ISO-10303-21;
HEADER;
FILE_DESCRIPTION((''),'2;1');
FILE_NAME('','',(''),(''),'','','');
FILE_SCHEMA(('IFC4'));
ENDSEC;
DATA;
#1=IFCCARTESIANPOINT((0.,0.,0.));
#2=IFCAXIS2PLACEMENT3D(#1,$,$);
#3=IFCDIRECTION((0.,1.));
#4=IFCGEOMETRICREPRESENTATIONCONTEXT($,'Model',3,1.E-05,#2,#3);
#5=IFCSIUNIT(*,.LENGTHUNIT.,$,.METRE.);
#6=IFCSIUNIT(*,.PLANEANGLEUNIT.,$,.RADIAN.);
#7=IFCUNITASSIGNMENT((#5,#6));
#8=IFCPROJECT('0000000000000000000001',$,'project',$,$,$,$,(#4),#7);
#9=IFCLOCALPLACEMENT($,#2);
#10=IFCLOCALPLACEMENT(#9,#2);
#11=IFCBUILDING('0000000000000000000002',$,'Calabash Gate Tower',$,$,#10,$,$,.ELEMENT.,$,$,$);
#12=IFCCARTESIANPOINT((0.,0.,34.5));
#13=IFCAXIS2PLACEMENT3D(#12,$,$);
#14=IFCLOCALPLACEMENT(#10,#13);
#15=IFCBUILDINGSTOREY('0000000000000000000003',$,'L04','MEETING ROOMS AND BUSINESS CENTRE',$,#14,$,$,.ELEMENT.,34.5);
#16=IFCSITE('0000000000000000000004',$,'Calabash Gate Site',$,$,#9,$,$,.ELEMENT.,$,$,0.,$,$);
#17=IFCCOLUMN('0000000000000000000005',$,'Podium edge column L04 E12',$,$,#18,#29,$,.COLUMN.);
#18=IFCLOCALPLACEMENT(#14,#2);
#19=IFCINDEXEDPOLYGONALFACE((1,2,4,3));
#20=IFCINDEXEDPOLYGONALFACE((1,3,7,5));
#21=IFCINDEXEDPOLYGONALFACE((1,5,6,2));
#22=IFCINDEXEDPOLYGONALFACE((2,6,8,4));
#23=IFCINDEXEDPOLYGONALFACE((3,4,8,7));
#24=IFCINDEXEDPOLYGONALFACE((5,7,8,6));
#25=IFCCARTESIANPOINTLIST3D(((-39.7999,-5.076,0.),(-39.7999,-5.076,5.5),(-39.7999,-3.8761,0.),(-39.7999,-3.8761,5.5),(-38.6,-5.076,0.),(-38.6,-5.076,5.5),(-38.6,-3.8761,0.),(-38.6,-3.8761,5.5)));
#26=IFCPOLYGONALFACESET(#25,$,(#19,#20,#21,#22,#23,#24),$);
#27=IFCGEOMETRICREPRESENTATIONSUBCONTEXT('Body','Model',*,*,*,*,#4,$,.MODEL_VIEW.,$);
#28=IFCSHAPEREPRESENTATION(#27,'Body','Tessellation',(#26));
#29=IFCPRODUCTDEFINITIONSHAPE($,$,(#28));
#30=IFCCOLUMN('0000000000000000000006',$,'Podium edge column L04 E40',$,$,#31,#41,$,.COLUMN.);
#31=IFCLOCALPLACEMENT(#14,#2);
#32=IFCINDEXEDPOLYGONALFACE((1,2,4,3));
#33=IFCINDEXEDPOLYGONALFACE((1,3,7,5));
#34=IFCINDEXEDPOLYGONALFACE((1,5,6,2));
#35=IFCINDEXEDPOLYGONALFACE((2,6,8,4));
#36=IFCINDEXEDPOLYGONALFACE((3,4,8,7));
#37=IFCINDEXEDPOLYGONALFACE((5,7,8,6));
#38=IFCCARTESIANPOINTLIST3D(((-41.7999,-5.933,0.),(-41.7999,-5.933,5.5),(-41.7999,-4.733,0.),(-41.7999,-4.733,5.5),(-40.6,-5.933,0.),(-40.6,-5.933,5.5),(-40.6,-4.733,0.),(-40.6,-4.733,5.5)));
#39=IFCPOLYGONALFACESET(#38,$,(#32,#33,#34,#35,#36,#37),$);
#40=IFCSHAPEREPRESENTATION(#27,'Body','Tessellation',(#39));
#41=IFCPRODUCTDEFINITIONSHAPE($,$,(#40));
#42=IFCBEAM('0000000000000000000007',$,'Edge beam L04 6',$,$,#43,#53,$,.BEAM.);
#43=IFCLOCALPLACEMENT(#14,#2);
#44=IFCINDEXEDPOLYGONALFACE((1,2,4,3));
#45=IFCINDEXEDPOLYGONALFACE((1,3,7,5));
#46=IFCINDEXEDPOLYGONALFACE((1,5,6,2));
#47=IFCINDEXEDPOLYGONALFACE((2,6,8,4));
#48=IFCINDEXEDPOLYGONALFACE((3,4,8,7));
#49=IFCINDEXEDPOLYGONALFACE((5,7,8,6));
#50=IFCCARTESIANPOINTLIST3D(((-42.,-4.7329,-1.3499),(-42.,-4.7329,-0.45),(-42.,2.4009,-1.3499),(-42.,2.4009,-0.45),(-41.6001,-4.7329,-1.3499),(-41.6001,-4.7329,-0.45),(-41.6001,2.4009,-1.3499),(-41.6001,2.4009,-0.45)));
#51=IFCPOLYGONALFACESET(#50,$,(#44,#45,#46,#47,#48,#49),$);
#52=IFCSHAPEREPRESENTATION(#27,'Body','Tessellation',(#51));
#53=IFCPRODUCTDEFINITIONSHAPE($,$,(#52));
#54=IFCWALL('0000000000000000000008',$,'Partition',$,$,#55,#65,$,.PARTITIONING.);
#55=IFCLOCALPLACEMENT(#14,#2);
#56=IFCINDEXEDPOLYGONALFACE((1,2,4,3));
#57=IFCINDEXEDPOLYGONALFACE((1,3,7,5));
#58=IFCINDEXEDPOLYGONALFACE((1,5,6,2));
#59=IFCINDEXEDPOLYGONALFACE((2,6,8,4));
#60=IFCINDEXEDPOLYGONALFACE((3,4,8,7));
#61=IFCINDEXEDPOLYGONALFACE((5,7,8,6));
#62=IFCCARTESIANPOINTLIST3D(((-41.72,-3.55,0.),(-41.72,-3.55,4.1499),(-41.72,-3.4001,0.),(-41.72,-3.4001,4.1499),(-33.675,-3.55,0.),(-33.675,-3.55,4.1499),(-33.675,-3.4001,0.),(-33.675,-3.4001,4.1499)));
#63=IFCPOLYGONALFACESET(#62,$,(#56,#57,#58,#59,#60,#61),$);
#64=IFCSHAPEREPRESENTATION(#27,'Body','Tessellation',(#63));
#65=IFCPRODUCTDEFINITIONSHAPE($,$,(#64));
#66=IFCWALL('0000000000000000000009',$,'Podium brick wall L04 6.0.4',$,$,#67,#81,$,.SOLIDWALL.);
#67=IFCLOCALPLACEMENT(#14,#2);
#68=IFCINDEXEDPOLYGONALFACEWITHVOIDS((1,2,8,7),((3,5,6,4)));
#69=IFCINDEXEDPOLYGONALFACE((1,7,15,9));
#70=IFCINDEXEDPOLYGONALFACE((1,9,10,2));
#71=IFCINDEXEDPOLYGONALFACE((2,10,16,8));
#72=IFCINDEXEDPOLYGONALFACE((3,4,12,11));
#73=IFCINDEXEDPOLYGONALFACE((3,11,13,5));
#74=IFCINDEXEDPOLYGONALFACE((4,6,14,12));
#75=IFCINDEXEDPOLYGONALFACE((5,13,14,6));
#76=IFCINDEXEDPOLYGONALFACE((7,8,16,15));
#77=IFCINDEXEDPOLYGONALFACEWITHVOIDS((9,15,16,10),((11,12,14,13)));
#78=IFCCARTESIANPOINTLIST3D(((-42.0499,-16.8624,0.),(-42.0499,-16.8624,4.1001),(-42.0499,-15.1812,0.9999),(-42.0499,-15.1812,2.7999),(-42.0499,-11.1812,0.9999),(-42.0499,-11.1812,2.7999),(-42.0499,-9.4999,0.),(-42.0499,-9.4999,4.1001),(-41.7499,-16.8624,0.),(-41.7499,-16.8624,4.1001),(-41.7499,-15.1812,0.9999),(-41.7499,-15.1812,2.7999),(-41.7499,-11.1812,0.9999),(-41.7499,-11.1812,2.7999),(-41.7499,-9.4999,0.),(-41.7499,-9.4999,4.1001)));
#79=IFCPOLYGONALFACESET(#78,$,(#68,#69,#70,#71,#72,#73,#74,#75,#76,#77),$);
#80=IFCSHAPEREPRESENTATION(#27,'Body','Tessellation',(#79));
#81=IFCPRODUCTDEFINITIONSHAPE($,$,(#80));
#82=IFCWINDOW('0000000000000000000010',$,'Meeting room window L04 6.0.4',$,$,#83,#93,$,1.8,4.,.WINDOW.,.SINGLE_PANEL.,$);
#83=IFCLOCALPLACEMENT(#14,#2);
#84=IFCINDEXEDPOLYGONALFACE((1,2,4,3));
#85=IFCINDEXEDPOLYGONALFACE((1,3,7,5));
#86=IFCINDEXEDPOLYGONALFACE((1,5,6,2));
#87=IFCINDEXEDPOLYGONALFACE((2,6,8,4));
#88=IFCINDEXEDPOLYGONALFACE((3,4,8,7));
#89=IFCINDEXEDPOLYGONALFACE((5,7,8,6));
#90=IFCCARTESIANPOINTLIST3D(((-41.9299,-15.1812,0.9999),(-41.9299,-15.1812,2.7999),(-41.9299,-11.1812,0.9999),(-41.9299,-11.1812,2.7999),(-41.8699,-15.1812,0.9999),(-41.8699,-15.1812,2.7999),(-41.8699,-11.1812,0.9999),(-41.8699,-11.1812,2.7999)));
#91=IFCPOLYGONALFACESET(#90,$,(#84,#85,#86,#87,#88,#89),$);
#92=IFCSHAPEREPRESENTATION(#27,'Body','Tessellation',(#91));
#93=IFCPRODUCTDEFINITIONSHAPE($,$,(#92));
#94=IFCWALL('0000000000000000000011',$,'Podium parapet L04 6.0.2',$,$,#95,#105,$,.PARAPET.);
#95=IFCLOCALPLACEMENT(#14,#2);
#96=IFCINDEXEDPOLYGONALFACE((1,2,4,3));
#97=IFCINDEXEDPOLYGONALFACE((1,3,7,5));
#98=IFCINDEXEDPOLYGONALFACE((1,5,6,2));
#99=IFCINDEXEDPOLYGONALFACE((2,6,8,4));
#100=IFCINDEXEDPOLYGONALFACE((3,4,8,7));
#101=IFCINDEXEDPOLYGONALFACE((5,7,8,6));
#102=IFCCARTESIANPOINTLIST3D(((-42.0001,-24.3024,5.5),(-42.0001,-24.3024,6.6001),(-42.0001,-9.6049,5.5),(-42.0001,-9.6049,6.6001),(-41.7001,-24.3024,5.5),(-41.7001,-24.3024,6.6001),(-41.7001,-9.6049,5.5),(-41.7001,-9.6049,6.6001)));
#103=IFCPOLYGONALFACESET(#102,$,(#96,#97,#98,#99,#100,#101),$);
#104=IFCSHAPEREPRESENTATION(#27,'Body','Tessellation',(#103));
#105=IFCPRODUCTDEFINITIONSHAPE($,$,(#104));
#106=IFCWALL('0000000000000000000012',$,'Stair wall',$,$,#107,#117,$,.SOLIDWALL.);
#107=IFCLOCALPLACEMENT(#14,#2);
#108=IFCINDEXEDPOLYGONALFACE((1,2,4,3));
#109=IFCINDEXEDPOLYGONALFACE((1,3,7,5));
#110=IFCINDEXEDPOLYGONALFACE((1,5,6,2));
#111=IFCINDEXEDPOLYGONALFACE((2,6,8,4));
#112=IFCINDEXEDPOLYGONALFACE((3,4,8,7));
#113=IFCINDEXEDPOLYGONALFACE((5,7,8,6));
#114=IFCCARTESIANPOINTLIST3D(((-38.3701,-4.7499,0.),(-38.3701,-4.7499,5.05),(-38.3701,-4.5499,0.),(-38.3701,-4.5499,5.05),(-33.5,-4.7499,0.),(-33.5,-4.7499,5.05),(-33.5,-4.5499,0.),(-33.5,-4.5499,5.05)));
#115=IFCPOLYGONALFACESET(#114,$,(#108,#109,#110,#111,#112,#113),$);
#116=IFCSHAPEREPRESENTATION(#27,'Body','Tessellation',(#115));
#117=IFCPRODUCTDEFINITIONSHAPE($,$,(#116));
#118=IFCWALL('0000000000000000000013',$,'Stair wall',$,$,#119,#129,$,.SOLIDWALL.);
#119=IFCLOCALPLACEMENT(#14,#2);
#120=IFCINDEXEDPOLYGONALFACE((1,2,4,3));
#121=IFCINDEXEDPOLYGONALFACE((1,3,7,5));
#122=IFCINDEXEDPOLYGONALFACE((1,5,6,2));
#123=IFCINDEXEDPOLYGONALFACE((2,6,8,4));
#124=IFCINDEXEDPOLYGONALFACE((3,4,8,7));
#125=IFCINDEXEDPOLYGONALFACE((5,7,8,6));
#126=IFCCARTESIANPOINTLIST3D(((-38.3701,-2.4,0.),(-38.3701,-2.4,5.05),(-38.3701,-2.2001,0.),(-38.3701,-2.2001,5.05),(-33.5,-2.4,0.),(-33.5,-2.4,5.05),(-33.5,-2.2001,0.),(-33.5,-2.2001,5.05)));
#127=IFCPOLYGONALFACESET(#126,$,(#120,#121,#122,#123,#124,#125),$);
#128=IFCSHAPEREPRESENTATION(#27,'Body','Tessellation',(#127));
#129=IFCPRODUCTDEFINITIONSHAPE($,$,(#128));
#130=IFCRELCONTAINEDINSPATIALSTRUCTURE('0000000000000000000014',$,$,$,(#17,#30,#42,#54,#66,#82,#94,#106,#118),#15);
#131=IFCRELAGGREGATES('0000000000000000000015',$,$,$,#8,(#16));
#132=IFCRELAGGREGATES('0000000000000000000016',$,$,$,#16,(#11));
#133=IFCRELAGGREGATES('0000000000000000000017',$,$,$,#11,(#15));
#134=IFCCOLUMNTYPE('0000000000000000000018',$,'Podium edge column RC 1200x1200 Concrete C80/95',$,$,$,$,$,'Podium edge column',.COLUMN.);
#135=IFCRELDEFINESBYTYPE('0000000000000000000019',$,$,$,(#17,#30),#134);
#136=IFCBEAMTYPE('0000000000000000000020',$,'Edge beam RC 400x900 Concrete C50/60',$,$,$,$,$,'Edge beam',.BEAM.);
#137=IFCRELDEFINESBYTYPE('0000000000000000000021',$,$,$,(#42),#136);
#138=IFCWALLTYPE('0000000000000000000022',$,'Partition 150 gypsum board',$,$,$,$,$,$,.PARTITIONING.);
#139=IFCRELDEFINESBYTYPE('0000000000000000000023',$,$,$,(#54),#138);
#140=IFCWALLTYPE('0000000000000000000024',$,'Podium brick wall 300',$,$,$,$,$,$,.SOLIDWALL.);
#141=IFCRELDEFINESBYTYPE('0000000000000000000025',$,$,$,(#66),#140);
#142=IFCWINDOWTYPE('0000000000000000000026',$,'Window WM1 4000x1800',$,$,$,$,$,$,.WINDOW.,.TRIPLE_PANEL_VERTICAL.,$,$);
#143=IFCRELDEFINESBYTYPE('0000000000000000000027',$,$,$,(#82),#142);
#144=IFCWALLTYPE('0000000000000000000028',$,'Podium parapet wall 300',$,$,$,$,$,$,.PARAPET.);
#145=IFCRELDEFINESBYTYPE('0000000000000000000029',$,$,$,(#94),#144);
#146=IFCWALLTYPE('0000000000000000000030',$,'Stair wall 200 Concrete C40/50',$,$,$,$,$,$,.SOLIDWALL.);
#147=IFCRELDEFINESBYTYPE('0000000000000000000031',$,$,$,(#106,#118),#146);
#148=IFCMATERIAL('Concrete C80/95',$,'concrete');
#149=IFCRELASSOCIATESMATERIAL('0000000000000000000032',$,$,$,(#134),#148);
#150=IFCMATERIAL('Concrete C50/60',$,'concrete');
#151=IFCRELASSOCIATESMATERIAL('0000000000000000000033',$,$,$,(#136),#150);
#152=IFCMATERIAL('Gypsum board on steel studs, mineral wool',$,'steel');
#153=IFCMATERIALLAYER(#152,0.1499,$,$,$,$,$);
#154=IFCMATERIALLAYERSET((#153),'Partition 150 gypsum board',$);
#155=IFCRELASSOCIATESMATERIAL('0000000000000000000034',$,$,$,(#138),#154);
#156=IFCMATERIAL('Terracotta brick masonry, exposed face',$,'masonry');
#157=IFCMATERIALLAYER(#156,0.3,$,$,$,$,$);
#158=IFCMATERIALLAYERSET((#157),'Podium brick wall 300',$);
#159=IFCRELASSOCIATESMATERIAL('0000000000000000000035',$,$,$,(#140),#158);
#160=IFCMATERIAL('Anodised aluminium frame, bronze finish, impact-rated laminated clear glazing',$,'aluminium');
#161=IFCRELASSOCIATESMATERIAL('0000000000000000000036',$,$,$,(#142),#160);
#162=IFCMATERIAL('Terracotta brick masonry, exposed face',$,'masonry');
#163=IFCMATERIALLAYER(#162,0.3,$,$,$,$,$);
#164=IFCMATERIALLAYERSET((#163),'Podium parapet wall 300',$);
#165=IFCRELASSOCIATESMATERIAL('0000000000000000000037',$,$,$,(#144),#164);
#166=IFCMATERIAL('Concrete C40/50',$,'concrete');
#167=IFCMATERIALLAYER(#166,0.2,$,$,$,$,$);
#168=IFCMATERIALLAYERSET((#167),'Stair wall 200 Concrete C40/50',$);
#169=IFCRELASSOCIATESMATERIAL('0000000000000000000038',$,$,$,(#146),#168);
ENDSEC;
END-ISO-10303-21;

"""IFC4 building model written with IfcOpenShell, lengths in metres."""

from ifc_helpers import new_model, si_unit, direction, frame, frame_2d, origin, origin_2d, place, context, subcontext, project, spatial, rectangle, extrude, material, layer, layer_set, material_profile, profile_set, type_object, element, fill, save


model = new_model("IFC4")

# Units and contexts
model_context = context("Model", 3, precision=1e-05, world=origin(), true_north=direction((0.0, 1.0)))
body_context = subcontext(model_context, "Body", "Model", "MODEL_VIEW")
ifc_project = project(units=[si_unit("LENGTHUNIT", "METRE"), si_unit("PLANEANGLEUNIT", "RADIAN")], contexts=[model_context])

# Site, building, storey
site_placement = place(None, origin())
site = spatial("IfcSite", under=ifc_project, at=site_placement, Name="Calabash Gate Site", CompositionType="ELEMENT", RefElevation=0.0)
building_placement = place(site_placement, origin())
building = spatial("IfcBuilding", under=site, at=building_placement, Name="Calabash Gate Tower", CompositionType="ELEMENT")
storey_placement = place(building_placement, frame((0.0, 0.0, 34.5)))
storey = spatial("IfcBuildingStorey", under=building, at=storey_placement, Name="L04", Description="MEETING ROOMS AND BUSINESS CENTRE", CompositionType="ELEMENT", Elevation=34.5)

# Columns
ifc_material_1 = material(Name="Concrete C80/95", Category="concrete")
ifc_material_profile_1 = material_profile(ifc_material_1, rectangle(XDim=1.2, YDim=1.2, at=origin_2d()))
ifc_profile_set_1 = profile_set([ifc_material_profile_1], Name="Concrete C80/95")
column_type = type_object("IfcColumnType", Name="Podium edge column RC 1200x1200 Concrete C80/95", ElementType="Podium edge column", PredefinedType="COLUMN", material=ifc_profile_set_1)
for number, where, z_axis, x_axis, name in (
    (1, (-39.2, -4.4761, 0.0), (0.0, 0.0, 1.0), (1.0, 0.0, 0.0), "Podium edge column L04 E12"),
    (2, (-41.2, -5.333, 0.0), (0.0, 0.0, 1.0), (1.0, 0.0, 0.0), "Podium edge column L04 E40"),
):
    element("IfcColumn", number, at=place(storey_placement, frame(where, z_axis=z_axis, x_axis=x_axis)), inside=storey, type_object=column_type, Name=name, PredefinedType="COLUMN", context=body_context, shape_type="SweptSolid", body=[
        extrude(rectangle(XDim=1.2, YDim=1.2, at=origin_2d()), origin(), (0.0, 0.0, 1.0), 5.5),
    ])

# Beam
ifc_material_2 = material(Name="Concrete C50/60", Category="concrete")
ifc_material_profile_2 = material_profile(ifc_material_2, rectangle(XDim=0.3999, YDim=0.8999, at=origin_2d()))
ifc_profile_set_2 = profile_set([ifc_material_profile_2], Name="Concrete C50/60")
beam_type = type_object("IfcBeamType", Name="Edge beam RC 400x900 Concrete C50/60", ElementType="Edge beam", PredefinedType="BEAM", material=ifc_profile_set_2)
beam_placement = place(storey_placement, frame((-41.8, -4.7329, -0.8999), z_axis=(0.0, 1.0, 0.0), x_axis=(-1.0, 0.0, 0.0)))
element("IfcBeam", 3, at=beam_placement, inside=storey, type_object=beam_type, Name="Edge beam L04 6", PredefinedType="BEAM", context=body_context, shape_type="SweptSolid", body=[
    extrude(rectangle(XDim=0.3999, YDim=0.8999, at=origin_2d()), origin(), (0.0, 0.0, 1.0), 7.1338),
])

# Wall
ifc_material_3 = material(Name="Gypsum board on steel studs, mineral wool", Category="steel")
ifc_layer_1 = layer(ifc_material_3, 0.1499)
ifc_layer_set_1 = layer_set([ifc_layer_1], Name="Partition 150 gypsum board")
wall_type_1 = type_object("IfcWallType", Name="Partition 150 gypsum board", PredefinedType="PARTITIONING", material=ifc_layer_set_1)
wall_1_placement = place(storey_placement, frame((-41.72, -3.4751, 0.0), z_axis=(0.0, 0.0, 1.0), x_axis=(1.0, 0.0, 0.0)))
element("IfcWall", 4, at=wall_1_placement, inside=storey, type_object=wall_type_1, Name="Partition", PredefinedType="PARTITIONING", context=body_context, shape_type="SweptSolid", body=[
    extrude(rectangle(XDim=8.0449, YDim=0.1499, at=frame_2d((4.0225, 0.0))), origin(), (0.0, 0.0, 1.0), 4.1499),
])

# Wall, opening, window
ifc_material_4 = material(Name="Terracotta brick masonry, exposed face", Category="masonry")
ifc_layer_2 = layer(ifc_material_4, 0.3)
ifc_layer_set_2 = layer_set([ifc_layer_2], Name="Podium brick wall 300")
wall_type_2 = type_object("IfcWallType", Name="Podium brick wall 300", PredefinedType="SOLIDWALL", material=ifc_layer_set_2)
wall_2_placement = place(storey_placement, frame((-41.8999, -9.5, 0.0), z_axis=(0.0, 0.0, 1.0), x_axis=(0.0, -1.0, 0.0)))
wall_2 = element("IfcWall", 5, at=wall_2_placement, inside=storey, type_object=wall_type_2, Name="Podium brick wall L04 6.0.4", PredefinedType="SOLIDWALL", context=body_context, shape_type="SweptSolid", body=[
    extrude(rectangle(XDim=7.3625, YDim=0.3, at=frame_2d((3.6812, 0.0))), origin(), (0.0, 0.0, 1.0), 4.1001),
])
opening_1_placement = place(wall_2_placement, frame((1.6812, 0.0, 1.0)))
opening_1 = element("IfcOpeningElement", 6, at=opening_1_placement, cuts=wall_2, PredefinedType="OPENING", context=body_context, shape_type="SweptSolid", body=[
    extrude(rectangle(XDim=4.0, YDim=1.8, at=frame_2d((2.0, 0.8999))), frame((0.0, 0.1599, 0.0), z_axis=(0.0, -1.0, 0.0), x_axis=(1.0, 0.0, 0.0)), (0.0, 0.0, 1.0), 0.3201),
])
ifc_material_5 = material(Name="Anodised aluminium frame, bronze finish, impact-rated laminated clear glazing", Category="aluminium")
window_type = type_object("IfcWindowType", Name="Window WM1 4000x1800", PartitioningType="TRIPLE_PANEL_VERTICAL", PredefinedType="WINDOW", material=ifc_material_5)
window_placement = place(opening_1_placement, origin())
window = element("IfcWindow", 7, at=window_placement, inside=storey, type_object=window_type, Name="Meeting room window L04 6.0.4", OverallHeight=1.8, OverallWidth=4.0, PartitioningType="SINGLE_PANEL", PredefinedType="WINDOW", context=body_context, shape_type="SweptSolid", body=[
    extrude(rectangle(XDim=4.0, YDim=1.8, at=frame_2d((2.0, 0.8999))), frame((0.0, 0.03, 0.0), z_axis=(0.0, -1.0, 0.0), x_axis=(1.0, 0.0, 0.0)), (0.0, 0.0, 1.0), 0.0601),
])
fill(opening_1, window)

# Walls
ifc_material_6 = material(Name="Terracotta brick masonry, exposed face", Category="masonry")
ifc_layer_3 = layer(ifc_material_6, 0.3)
ifc_layer_set_3 = layer_set([ifc_layer_3], Name="Podium parapet wall 300")
wall_type_3 = type_object("IfcWallType", Name="Podium parapet wall 300", PredefinedType="PARAPET", material=ifc_layer_set_3)
wall_3_placement = place(storey_placement, frame((-41.8501, -9.605, 5.5), z_axis=(0.0, 0.0, 1.0), x_axis=(0.0, -1.0, 0.0)))
element("IfcWall", 8, at=wall_3_placement, inside=storey, type_object=wall_type_3, Name="Podium parapet L04 6.0.2", PredefinedType="PARAPET", context=body_context, shape_type="SweptSolid", body=[
    extrude(rectangle(XDim=14.6975, YDim=0.3, at=frame_2d((7.3486, 0.0))), origin(), (0.0, 0.0, 1.0), 1.1001),
])
ifc_material_7 = material(Name="Concrete C40/50", Category="concrete")
ifc_layer_4 = layer(ifc_material_7, 0.2)
ifc_layer_set_4 = layer_set([ifc_layer_4], Name="Stair wall 200 Concrete C40/50")
wall_type_4 = type_object("IfcWallType", Name="Stair wall 200 Concrete C40/50", PredefinedType="SOLIDWALL", material=ifc_layer_set_4)
wall_4_placement = place(storey_placement, frame((-38.3701, -4.6499, 0.0), z_axis=(0.0, 0.0, 1.0), x_axis=(1.0, 0.0, 0.0)))
element("IfcWall", 9, at=wall_4_placement, inside=storey, type_object=wall_type_4, Name="Stair wall", PredefinedType="SOLIDWALL", context=body_context, shape_type="SweptSolid", body=[
    extrude(rectangle(XDim=4.8701, YDim=0.2, at=frame_2d((2.4351, 0.0))), origin(), (0.0, 0.0, 1.0), 5.05),
])

# Wall
wall_5_placement = place(storey_placement, frame((-38.3701, -2.3, 0.0), z_axis=(0.0, 0.0, 1.0), x_axis=(1.0, 0.0, 0.0)))
element("IfcWall", 10, at=wall_5_placement, inside=storey, type_object=wall_type_4, Name="Stair wall", PredefinedType="SOLIDWALL", context=body_context, shape_type="SweptSolid", body=[
    extrude(rectangle(XDim=4.8701, YDim=0.2, at=frame_2d((2.4351, 0.0))), origin(), (0.0, 0.0, 1.0), 5.05),
])

save(model, "model.ifc")
